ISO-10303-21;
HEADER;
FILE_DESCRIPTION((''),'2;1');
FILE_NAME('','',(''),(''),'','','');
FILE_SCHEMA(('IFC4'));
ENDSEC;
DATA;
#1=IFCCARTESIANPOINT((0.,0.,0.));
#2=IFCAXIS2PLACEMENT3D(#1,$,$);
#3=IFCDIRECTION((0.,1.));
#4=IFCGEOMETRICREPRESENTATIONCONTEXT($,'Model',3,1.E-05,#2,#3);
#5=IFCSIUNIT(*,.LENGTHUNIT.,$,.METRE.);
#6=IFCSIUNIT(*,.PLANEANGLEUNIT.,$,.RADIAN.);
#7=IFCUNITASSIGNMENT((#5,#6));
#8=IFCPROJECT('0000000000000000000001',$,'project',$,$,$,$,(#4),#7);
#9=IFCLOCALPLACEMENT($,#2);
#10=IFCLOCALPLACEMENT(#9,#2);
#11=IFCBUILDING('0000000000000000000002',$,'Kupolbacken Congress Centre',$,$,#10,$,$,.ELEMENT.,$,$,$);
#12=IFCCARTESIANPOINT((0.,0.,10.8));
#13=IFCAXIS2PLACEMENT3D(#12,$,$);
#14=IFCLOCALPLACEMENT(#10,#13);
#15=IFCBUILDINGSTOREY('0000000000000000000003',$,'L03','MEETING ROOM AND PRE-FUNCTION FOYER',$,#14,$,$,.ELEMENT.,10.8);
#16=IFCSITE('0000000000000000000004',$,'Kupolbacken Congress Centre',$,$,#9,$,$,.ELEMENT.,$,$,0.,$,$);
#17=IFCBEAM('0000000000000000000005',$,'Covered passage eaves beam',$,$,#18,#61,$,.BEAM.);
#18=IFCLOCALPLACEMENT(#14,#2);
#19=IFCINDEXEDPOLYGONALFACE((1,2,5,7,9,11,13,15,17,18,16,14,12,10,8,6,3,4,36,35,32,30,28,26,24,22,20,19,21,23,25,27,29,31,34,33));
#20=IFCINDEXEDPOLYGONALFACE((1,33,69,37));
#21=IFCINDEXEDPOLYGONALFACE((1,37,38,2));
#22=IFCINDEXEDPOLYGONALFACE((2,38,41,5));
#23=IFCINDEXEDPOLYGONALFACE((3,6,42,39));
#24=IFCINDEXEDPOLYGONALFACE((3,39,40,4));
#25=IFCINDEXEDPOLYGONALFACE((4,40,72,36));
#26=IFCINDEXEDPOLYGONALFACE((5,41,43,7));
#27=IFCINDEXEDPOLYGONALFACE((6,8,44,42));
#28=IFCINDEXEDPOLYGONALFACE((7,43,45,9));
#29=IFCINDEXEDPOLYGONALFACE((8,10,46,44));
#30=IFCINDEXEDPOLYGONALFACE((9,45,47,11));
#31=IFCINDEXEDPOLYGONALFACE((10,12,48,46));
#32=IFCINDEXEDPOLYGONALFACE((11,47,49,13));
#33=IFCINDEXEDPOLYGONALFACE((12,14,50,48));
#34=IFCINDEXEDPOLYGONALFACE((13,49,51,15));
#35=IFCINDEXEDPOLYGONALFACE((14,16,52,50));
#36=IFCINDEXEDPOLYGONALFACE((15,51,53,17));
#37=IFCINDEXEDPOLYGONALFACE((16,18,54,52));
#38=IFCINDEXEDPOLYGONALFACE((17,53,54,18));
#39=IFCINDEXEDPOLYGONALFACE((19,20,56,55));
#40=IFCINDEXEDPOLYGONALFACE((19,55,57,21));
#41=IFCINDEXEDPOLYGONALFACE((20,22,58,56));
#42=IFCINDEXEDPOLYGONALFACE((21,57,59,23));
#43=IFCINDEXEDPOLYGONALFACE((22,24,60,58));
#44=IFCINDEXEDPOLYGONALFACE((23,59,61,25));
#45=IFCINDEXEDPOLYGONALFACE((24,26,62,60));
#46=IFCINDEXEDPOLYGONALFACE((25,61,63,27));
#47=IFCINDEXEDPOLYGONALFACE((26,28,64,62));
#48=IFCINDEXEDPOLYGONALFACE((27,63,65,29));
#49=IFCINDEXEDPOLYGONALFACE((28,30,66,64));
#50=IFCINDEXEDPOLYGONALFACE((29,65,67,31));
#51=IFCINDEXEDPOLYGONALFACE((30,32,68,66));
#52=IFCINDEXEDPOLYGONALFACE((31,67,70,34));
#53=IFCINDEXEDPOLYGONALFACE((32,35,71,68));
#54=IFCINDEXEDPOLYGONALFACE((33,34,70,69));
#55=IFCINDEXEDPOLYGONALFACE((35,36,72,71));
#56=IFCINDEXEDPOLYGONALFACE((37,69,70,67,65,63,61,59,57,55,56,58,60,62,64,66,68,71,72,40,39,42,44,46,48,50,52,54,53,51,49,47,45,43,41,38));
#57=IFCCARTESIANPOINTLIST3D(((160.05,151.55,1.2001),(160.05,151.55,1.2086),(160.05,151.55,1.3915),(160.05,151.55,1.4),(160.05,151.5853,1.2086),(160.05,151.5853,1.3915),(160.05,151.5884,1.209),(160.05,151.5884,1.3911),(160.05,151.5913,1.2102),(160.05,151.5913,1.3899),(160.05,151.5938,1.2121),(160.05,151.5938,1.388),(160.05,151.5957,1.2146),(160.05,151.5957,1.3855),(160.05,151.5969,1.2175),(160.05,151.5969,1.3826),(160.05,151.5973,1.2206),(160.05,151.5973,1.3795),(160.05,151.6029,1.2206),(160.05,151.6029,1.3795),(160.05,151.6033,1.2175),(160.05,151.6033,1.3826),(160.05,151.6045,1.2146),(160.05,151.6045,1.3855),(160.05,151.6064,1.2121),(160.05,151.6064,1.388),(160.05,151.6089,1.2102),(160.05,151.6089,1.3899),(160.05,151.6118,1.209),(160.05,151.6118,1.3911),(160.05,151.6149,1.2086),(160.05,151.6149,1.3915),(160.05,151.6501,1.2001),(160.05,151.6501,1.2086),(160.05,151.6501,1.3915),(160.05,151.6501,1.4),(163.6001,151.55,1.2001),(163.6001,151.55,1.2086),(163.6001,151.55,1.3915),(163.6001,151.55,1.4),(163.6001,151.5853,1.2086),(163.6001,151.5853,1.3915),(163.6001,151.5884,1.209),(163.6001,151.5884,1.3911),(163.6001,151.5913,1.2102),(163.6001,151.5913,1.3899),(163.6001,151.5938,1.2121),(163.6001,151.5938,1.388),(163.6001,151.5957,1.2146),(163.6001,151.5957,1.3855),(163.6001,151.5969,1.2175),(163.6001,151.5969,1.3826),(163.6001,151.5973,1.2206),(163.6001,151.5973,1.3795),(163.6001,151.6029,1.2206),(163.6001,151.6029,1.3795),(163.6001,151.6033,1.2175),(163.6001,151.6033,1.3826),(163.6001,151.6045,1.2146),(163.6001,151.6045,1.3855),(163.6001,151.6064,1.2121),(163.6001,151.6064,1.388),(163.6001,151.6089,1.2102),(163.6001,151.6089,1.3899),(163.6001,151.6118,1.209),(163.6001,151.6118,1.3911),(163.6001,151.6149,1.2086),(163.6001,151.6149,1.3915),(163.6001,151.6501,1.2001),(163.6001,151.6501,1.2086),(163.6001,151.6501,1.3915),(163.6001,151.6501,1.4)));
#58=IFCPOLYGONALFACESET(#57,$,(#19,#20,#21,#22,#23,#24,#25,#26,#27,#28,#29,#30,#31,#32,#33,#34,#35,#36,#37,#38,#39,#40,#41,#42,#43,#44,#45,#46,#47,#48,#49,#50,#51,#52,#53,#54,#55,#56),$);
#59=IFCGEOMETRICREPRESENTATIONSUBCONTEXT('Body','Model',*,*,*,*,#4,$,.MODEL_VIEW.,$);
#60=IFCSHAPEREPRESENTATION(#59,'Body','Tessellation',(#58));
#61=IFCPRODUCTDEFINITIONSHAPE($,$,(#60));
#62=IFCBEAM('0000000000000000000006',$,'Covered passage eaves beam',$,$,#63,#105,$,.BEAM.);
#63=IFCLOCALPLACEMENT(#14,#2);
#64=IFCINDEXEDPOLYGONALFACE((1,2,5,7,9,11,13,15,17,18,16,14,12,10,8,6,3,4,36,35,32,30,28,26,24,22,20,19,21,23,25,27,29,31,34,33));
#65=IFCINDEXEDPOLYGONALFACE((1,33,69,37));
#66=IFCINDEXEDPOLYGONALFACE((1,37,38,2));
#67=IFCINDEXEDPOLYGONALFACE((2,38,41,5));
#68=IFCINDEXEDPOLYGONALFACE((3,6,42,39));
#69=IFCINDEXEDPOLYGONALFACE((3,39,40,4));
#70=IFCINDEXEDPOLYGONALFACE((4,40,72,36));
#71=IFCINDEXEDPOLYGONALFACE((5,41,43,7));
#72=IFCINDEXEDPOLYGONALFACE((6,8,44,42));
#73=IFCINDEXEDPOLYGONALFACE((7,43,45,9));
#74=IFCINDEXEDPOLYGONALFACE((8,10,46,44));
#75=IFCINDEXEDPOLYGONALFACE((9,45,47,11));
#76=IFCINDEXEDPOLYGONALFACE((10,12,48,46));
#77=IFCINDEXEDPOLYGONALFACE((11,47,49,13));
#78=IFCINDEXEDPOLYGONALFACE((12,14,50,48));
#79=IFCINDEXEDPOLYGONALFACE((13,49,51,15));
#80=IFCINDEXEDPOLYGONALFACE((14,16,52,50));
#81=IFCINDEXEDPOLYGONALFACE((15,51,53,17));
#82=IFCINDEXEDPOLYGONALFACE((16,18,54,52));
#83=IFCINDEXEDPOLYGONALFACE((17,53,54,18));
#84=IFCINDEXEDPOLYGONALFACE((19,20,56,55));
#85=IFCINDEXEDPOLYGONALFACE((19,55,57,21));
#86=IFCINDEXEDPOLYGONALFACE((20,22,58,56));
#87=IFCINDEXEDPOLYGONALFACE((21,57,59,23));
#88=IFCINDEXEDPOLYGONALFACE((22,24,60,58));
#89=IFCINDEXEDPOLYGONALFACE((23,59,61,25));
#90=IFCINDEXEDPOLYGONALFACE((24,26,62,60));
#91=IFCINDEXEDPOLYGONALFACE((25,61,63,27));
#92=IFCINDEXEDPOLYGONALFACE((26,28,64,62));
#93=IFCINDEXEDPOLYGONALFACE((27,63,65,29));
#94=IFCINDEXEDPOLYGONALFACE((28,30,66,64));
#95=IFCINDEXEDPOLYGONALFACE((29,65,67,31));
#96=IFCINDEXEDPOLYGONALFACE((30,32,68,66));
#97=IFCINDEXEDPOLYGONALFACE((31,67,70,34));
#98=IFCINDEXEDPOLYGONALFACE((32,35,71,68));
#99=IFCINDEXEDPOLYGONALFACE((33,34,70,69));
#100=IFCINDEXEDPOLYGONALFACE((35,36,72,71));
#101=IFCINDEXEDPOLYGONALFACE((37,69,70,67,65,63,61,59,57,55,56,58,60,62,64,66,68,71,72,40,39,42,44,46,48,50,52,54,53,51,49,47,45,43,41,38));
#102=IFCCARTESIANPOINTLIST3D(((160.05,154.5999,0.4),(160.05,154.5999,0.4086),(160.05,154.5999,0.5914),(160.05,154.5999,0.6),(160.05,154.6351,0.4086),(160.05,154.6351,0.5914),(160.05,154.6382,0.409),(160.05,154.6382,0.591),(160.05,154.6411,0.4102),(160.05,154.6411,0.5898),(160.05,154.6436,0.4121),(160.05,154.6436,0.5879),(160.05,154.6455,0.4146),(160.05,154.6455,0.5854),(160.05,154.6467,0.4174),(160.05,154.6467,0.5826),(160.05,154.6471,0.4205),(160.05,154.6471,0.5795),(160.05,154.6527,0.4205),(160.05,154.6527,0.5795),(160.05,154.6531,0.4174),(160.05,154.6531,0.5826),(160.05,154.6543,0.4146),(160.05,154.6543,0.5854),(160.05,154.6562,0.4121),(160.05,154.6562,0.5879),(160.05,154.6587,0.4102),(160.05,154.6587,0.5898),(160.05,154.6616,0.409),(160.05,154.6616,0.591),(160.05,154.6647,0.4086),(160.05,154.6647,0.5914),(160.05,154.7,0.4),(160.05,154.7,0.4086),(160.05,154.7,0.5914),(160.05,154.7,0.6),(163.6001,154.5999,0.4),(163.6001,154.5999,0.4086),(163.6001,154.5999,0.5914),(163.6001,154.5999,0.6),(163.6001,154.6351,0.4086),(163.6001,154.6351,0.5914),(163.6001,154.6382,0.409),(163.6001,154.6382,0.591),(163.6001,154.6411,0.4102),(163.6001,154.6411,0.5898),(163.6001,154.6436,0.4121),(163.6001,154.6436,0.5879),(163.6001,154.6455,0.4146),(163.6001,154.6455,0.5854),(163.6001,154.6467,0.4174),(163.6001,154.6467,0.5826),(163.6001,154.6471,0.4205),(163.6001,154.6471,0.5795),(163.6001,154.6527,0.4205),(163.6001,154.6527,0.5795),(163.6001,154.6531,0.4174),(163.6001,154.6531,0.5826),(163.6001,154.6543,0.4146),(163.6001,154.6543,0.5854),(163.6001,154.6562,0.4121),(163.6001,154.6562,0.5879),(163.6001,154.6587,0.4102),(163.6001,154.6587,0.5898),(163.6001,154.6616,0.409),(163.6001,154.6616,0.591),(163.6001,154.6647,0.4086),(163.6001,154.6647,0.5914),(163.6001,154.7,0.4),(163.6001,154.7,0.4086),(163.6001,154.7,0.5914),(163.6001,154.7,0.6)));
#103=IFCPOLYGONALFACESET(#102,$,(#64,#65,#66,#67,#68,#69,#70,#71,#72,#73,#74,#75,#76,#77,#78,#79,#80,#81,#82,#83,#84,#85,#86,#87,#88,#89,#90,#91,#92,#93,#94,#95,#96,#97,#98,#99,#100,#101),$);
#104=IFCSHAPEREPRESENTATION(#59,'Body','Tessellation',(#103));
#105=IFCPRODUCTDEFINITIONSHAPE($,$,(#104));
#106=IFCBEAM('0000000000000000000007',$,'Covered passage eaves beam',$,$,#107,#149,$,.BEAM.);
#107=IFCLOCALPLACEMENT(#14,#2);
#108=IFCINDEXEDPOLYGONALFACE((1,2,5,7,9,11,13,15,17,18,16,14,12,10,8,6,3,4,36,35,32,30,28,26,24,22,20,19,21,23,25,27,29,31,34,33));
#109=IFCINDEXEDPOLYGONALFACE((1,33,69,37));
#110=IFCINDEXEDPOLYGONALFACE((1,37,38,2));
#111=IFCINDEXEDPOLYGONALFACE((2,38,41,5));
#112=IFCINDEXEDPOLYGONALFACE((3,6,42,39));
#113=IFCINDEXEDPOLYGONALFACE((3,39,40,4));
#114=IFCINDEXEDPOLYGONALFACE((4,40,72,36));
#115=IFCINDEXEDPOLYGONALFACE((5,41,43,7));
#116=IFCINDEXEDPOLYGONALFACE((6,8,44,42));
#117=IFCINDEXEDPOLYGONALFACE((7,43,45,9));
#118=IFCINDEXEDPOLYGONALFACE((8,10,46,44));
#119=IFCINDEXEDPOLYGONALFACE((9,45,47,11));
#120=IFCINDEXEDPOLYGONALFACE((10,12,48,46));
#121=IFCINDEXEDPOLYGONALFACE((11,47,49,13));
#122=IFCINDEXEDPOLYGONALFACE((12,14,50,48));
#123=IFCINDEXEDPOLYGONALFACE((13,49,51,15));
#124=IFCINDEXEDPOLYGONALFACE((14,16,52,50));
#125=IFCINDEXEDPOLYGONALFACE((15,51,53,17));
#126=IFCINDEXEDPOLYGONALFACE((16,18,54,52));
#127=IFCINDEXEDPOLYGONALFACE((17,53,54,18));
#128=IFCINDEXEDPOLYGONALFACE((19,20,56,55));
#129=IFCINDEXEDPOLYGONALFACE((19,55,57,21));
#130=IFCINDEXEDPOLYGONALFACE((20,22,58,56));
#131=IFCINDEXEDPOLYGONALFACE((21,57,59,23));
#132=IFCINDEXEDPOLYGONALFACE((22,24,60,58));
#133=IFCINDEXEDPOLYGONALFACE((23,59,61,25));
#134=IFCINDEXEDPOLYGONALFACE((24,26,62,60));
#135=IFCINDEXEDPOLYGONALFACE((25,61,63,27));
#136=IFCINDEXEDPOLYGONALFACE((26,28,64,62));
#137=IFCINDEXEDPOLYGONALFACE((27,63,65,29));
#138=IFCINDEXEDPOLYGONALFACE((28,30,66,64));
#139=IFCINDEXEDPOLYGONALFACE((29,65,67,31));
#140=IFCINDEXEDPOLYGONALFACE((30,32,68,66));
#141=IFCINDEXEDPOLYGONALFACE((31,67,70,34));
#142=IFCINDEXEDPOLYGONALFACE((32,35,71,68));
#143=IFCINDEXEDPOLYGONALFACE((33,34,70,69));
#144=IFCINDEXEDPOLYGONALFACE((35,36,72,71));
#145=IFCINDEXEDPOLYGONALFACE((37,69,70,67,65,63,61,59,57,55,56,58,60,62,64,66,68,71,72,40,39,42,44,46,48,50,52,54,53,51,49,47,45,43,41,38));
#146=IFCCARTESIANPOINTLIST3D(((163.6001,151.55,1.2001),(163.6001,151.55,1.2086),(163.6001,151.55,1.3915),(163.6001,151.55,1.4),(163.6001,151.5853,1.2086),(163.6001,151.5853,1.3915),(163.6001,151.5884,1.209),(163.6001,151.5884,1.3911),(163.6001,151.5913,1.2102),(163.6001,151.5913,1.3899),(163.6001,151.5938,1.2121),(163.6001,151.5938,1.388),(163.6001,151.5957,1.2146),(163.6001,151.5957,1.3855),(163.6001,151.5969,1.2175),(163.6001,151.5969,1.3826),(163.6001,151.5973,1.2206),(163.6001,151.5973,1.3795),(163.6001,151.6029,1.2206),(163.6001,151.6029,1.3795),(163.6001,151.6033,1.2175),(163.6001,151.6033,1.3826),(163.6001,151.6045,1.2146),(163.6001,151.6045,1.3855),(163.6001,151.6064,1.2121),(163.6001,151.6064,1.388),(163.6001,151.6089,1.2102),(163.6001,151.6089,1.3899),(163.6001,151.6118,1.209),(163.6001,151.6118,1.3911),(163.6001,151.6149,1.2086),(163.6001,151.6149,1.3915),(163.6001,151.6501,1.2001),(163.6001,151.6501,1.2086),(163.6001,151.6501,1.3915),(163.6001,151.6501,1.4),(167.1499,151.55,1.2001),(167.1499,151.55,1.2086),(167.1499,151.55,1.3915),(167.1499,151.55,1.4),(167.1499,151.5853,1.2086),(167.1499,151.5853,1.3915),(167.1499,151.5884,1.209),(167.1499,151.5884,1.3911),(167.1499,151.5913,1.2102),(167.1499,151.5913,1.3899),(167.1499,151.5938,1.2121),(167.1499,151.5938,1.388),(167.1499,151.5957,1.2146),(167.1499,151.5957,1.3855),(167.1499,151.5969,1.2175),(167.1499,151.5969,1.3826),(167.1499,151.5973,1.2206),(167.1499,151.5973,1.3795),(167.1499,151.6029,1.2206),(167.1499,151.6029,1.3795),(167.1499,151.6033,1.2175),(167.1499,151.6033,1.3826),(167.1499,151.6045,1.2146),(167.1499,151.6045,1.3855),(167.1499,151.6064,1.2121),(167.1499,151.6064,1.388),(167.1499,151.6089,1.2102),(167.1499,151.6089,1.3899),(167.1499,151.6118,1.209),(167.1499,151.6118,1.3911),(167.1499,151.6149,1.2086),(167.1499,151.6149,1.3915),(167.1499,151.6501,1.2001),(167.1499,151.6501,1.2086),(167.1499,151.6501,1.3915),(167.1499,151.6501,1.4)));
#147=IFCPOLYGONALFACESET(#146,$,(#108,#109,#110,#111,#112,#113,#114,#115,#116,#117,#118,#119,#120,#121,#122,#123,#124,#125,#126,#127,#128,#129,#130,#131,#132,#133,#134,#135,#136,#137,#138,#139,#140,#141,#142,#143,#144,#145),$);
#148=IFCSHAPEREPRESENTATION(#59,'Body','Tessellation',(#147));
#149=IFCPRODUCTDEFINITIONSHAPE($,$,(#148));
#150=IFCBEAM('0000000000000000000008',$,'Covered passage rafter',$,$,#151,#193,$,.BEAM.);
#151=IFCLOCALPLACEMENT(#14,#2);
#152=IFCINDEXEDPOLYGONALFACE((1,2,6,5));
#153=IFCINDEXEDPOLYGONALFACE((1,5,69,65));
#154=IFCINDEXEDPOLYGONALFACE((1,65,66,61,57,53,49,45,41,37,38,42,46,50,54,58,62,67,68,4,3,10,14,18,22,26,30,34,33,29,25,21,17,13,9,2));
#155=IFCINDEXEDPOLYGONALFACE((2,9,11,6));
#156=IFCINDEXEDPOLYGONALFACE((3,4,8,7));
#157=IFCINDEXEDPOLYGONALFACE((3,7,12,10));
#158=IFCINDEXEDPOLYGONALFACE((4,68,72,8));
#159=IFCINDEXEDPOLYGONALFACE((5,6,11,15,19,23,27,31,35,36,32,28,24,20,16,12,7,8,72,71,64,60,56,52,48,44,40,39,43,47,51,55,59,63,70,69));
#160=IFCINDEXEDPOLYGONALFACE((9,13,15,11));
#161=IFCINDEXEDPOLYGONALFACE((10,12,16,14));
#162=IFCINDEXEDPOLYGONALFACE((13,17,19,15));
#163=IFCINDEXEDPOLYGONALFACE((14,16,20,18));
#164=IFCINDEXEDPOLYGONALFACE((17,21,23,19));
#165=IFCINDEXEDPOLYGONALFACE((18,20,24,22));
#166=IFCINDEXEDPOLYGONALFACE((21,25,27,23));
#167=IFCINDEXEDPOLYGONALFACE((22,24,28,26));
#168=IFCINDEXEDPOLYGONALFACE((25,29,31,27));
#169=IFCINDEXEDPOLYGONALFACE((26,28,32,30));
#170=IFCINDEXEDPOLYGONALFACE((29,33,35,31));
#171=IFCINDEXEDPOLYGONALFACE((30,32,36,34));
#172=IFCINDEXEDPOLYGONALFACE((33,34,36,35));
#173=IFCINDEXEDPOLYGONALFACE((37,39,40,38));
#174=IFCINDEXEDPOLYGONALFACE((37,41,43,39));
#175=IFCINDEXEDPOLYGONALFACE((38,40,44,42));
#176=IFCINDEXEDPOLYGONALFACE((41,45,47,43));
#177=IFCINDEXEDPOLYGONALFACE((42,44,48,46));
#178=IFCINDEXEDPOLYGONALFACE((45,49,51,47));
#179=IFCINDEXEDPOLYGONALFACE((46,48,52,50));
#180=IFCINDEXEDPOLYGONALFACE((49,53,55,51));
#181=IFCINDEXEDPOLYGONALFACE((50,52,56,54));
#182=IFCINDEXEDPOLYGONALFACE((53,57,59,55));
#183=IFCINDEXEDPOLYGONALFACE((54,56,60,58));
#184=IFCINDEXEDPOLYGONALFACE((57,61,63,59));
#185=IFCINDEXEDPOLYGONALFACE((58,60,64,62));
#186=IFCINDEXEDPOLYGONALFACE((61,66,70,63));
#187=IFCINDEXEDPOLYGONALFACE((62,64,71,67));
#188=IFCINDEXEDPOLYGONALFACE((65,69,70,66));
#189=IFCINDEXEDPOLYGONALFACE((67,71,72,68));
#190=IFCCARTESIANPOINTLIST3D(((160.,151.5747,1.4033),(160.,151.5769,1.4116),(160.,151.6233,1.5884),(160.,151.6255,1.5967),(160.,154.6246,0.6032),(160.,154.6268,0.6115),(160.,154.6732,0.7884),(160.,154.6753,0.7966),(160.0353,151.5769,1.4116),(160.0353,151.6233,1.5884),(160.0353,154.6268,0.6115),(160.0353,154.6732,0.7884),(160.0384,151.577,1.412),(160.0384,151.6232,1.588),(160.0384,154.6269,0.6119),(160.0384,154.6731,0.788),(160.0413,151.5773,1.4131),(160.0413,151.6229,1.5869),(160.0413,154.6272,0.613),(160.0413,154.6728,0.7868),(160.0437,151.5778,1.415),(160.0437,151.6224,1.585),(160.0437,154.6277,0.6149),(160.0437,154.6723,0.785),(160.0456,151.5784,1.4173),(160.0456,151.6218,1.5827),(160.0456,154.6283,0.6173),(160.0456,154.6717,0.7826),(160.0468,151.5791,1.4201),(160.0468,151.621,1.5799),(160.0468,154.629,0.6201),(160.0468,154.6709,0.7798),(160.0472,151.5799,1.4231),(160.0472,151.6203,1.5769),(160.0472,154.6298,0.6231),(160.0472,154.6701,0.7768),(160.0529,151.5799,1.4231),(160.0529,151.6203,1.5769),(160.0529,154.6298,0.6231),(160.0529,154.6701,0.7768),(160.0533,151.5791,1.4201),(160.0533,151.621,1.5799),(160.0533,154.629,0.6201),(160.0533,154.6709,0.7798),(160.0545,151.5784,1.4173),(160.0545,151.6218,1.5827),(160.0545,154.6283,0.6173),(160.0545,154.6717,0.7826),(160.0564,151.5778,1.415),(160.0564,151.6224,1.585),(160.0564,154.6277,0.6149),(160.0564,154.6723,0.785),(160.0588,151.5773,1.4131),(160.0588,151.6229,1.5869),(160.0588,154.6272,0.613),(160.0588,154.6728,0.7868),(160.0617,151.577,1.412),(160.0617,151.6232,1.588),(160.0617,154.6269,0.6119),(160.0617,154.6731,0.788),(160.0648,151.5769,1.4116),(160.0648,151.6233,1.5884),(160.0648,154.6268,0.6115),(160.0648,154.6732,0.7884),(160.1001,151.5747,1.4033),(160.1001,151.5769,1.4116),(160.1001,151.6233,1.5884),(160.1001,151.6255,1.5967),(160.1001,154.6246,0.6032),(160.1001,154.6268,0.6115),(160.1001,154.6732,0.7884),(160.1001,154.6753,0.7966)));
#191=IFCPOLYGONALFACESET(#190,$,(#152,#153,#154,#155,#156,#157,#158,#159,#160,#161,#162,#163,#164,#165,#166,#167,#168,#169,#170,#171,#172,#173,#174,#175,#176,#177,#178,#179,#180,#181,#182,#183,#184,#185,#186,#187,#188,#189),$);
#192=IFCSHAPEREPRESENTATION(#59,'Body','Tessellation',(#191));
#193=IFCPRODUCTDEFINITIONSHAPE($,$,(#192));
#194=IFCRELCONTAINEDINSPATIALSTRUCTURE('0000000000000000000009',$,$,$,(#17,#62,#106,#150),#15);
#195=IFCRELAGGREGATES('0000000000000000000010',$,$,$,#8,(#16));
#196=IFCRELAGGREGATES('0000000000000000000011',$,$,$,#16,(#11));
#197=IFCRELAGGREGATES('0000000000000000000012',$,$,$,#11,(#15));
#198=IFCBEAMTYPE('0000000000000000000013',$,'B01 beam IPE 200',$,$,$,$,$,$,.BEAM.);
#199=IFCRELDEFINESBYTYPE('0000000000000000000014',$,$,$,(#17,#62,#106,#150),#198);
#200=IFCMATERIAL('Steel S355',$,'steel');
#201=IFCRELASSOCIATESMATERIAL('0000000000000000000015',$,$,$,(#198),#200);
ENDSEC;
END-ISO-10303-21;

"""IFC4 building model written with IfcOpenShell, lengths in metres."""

from ifc_helpers import new_model, si_unit, direction, frame, origin, origin_2d, place, context, subcontext, project, spatial, i_section, extrude, material, material_profile, profile_set, type_object, element, save


model = new_model("IFC4")

# Units and contexts
model_context = context("Model", 3, precision=1e-05, world=origin(), true_north=direction((0.0, 1.0)))
body_context = subcontext(model_context, "Body", "Model", "MODEL_VIEW")
ifc_project = project(units=[si_unit("LENGTHUNIT", "METRE"), si_unit("PLANEANGLEUNIT", "RADIAN")], contexts=[model_context])

# Site, building, storey
site_placement = place(None, origin())
site = spatial("IfcSite", under=ifc_project, at=site_placement, Name="Kupolbacken Congress Centre", CompositionType="ELEMENT", RefElevation=0.0)
building_placement = place(site_placement, origin())
building = spatial("IfcBuilding", under=site, at=building_placement, Name="Kupolbacken Congress Centre", CompositionType="ELEMENT")
storey_placement = place(building_placement, frame((0.0, 0.0, 10.8)))
storey = spatial("IfcBuildingStorey", under=building, at=storey_placement, Name="L03", Description="MEETING ROOM AND PRE-FUNCTION FOYER", CompositionType="ELEMENT", Elevation=10.8)

# Beams
ifc_material_1 = material(Name="Steel S355", Category="steel")
ifc_material_profile_1 = material_profile(ifc_material_1, i_section(OverallWidth=0.1001, OverallDepth=0.2, WebThickness=0.0056, FlangeThickness=0.0085, FilletRadius=0.012, at=origin_2d()), Name="IPE 200")
ifc_profile_set_1 = profile_set([ifc_material_profile_1], Name="Steel S355")
beam_type = type_object("IfcBeamType", Name="B01 beam IPE 200", PredefinedType="BEAM", material=ifc_profile_set_1)
for number, where, z_axis, x_axis, name in (
    (1, (160.05, 151.6001, 1.3), (1.0, 0.0, 0.0), (0.0, 1.0, 0.0), "Covered passage eaves beam"),
    (2, (160.05, 154.6499, 0.5), (1.0, 0.0, 0.0), (0.0, 1.0, 0.0), "Covered passage eaves beam"),
):
    element("IfcBeam", number, at=place(storey_placement, frame(where, z_axis=z_axis, x_axis=x_axis)), inside=storey, type_object=beam_type, Name=name, PredefinedType="BEAM", context=body_context, shape_type="SweptSolid", body=[
        extrude(i_section(OverallWidth=0.1001, OverallDepth=0.2, WebThickness=0.0056, FlangeThickness=0.0085, FilletRadius=0.012, at=origin_2d()), origin(), (0.0, 0.0, 1.0), 3.55),
    ])
beam_placement = place(storey_placement, frame((163.6001, 151.6001, 1.3), z_axis=(1.0, 0.0, 0.0), x_axis=(0.0, 1.0, 0.0)))
element("IfcBeam", 3, at=beam_placement, inside=storey, type_object=beam_type, Name="Covered passage eaves beam", PredefinedType="BEAM", context=body_context, shape_type="SweptSolid", body=[
    extrude(i_section(OverallWidth=0.1001, OverallDepth=0.2, WebThickness=0.0056, FlangeThickness=0.0085, FilletRadius=0.012, at=origin_2d()), origin(), (0.0, 0.0, 1.0), 3.5498),
])
for number, where, z_axis, x_axis, name in (
    (4, (160.05, 151.6001, 1.5), (0.0, 0.967272, -0.253742), (-1.0, 0.0, 0.0), "Covered passage rafter"),
):
    element("IfcBeam", number, at=place(storey_placement, frame(where, z_axis=z_axis, x_axis=x_axis)), inside=storey, type_object=beam_type, Name=name, PredefinedType="BEAM", context=body_context, shape_type="SweptSolid", body=[
        extrude(i_section(OverallWidth=0.1001, OverallDepth=0.2, WebThickness=0.0056, FlangeThickness=0.0085, FilletRadius=0.012, at=origin_2d()), origin(), (0.0, 0.0, 1.0), 3.1531),
    ])

save(model, "model.ifc")
